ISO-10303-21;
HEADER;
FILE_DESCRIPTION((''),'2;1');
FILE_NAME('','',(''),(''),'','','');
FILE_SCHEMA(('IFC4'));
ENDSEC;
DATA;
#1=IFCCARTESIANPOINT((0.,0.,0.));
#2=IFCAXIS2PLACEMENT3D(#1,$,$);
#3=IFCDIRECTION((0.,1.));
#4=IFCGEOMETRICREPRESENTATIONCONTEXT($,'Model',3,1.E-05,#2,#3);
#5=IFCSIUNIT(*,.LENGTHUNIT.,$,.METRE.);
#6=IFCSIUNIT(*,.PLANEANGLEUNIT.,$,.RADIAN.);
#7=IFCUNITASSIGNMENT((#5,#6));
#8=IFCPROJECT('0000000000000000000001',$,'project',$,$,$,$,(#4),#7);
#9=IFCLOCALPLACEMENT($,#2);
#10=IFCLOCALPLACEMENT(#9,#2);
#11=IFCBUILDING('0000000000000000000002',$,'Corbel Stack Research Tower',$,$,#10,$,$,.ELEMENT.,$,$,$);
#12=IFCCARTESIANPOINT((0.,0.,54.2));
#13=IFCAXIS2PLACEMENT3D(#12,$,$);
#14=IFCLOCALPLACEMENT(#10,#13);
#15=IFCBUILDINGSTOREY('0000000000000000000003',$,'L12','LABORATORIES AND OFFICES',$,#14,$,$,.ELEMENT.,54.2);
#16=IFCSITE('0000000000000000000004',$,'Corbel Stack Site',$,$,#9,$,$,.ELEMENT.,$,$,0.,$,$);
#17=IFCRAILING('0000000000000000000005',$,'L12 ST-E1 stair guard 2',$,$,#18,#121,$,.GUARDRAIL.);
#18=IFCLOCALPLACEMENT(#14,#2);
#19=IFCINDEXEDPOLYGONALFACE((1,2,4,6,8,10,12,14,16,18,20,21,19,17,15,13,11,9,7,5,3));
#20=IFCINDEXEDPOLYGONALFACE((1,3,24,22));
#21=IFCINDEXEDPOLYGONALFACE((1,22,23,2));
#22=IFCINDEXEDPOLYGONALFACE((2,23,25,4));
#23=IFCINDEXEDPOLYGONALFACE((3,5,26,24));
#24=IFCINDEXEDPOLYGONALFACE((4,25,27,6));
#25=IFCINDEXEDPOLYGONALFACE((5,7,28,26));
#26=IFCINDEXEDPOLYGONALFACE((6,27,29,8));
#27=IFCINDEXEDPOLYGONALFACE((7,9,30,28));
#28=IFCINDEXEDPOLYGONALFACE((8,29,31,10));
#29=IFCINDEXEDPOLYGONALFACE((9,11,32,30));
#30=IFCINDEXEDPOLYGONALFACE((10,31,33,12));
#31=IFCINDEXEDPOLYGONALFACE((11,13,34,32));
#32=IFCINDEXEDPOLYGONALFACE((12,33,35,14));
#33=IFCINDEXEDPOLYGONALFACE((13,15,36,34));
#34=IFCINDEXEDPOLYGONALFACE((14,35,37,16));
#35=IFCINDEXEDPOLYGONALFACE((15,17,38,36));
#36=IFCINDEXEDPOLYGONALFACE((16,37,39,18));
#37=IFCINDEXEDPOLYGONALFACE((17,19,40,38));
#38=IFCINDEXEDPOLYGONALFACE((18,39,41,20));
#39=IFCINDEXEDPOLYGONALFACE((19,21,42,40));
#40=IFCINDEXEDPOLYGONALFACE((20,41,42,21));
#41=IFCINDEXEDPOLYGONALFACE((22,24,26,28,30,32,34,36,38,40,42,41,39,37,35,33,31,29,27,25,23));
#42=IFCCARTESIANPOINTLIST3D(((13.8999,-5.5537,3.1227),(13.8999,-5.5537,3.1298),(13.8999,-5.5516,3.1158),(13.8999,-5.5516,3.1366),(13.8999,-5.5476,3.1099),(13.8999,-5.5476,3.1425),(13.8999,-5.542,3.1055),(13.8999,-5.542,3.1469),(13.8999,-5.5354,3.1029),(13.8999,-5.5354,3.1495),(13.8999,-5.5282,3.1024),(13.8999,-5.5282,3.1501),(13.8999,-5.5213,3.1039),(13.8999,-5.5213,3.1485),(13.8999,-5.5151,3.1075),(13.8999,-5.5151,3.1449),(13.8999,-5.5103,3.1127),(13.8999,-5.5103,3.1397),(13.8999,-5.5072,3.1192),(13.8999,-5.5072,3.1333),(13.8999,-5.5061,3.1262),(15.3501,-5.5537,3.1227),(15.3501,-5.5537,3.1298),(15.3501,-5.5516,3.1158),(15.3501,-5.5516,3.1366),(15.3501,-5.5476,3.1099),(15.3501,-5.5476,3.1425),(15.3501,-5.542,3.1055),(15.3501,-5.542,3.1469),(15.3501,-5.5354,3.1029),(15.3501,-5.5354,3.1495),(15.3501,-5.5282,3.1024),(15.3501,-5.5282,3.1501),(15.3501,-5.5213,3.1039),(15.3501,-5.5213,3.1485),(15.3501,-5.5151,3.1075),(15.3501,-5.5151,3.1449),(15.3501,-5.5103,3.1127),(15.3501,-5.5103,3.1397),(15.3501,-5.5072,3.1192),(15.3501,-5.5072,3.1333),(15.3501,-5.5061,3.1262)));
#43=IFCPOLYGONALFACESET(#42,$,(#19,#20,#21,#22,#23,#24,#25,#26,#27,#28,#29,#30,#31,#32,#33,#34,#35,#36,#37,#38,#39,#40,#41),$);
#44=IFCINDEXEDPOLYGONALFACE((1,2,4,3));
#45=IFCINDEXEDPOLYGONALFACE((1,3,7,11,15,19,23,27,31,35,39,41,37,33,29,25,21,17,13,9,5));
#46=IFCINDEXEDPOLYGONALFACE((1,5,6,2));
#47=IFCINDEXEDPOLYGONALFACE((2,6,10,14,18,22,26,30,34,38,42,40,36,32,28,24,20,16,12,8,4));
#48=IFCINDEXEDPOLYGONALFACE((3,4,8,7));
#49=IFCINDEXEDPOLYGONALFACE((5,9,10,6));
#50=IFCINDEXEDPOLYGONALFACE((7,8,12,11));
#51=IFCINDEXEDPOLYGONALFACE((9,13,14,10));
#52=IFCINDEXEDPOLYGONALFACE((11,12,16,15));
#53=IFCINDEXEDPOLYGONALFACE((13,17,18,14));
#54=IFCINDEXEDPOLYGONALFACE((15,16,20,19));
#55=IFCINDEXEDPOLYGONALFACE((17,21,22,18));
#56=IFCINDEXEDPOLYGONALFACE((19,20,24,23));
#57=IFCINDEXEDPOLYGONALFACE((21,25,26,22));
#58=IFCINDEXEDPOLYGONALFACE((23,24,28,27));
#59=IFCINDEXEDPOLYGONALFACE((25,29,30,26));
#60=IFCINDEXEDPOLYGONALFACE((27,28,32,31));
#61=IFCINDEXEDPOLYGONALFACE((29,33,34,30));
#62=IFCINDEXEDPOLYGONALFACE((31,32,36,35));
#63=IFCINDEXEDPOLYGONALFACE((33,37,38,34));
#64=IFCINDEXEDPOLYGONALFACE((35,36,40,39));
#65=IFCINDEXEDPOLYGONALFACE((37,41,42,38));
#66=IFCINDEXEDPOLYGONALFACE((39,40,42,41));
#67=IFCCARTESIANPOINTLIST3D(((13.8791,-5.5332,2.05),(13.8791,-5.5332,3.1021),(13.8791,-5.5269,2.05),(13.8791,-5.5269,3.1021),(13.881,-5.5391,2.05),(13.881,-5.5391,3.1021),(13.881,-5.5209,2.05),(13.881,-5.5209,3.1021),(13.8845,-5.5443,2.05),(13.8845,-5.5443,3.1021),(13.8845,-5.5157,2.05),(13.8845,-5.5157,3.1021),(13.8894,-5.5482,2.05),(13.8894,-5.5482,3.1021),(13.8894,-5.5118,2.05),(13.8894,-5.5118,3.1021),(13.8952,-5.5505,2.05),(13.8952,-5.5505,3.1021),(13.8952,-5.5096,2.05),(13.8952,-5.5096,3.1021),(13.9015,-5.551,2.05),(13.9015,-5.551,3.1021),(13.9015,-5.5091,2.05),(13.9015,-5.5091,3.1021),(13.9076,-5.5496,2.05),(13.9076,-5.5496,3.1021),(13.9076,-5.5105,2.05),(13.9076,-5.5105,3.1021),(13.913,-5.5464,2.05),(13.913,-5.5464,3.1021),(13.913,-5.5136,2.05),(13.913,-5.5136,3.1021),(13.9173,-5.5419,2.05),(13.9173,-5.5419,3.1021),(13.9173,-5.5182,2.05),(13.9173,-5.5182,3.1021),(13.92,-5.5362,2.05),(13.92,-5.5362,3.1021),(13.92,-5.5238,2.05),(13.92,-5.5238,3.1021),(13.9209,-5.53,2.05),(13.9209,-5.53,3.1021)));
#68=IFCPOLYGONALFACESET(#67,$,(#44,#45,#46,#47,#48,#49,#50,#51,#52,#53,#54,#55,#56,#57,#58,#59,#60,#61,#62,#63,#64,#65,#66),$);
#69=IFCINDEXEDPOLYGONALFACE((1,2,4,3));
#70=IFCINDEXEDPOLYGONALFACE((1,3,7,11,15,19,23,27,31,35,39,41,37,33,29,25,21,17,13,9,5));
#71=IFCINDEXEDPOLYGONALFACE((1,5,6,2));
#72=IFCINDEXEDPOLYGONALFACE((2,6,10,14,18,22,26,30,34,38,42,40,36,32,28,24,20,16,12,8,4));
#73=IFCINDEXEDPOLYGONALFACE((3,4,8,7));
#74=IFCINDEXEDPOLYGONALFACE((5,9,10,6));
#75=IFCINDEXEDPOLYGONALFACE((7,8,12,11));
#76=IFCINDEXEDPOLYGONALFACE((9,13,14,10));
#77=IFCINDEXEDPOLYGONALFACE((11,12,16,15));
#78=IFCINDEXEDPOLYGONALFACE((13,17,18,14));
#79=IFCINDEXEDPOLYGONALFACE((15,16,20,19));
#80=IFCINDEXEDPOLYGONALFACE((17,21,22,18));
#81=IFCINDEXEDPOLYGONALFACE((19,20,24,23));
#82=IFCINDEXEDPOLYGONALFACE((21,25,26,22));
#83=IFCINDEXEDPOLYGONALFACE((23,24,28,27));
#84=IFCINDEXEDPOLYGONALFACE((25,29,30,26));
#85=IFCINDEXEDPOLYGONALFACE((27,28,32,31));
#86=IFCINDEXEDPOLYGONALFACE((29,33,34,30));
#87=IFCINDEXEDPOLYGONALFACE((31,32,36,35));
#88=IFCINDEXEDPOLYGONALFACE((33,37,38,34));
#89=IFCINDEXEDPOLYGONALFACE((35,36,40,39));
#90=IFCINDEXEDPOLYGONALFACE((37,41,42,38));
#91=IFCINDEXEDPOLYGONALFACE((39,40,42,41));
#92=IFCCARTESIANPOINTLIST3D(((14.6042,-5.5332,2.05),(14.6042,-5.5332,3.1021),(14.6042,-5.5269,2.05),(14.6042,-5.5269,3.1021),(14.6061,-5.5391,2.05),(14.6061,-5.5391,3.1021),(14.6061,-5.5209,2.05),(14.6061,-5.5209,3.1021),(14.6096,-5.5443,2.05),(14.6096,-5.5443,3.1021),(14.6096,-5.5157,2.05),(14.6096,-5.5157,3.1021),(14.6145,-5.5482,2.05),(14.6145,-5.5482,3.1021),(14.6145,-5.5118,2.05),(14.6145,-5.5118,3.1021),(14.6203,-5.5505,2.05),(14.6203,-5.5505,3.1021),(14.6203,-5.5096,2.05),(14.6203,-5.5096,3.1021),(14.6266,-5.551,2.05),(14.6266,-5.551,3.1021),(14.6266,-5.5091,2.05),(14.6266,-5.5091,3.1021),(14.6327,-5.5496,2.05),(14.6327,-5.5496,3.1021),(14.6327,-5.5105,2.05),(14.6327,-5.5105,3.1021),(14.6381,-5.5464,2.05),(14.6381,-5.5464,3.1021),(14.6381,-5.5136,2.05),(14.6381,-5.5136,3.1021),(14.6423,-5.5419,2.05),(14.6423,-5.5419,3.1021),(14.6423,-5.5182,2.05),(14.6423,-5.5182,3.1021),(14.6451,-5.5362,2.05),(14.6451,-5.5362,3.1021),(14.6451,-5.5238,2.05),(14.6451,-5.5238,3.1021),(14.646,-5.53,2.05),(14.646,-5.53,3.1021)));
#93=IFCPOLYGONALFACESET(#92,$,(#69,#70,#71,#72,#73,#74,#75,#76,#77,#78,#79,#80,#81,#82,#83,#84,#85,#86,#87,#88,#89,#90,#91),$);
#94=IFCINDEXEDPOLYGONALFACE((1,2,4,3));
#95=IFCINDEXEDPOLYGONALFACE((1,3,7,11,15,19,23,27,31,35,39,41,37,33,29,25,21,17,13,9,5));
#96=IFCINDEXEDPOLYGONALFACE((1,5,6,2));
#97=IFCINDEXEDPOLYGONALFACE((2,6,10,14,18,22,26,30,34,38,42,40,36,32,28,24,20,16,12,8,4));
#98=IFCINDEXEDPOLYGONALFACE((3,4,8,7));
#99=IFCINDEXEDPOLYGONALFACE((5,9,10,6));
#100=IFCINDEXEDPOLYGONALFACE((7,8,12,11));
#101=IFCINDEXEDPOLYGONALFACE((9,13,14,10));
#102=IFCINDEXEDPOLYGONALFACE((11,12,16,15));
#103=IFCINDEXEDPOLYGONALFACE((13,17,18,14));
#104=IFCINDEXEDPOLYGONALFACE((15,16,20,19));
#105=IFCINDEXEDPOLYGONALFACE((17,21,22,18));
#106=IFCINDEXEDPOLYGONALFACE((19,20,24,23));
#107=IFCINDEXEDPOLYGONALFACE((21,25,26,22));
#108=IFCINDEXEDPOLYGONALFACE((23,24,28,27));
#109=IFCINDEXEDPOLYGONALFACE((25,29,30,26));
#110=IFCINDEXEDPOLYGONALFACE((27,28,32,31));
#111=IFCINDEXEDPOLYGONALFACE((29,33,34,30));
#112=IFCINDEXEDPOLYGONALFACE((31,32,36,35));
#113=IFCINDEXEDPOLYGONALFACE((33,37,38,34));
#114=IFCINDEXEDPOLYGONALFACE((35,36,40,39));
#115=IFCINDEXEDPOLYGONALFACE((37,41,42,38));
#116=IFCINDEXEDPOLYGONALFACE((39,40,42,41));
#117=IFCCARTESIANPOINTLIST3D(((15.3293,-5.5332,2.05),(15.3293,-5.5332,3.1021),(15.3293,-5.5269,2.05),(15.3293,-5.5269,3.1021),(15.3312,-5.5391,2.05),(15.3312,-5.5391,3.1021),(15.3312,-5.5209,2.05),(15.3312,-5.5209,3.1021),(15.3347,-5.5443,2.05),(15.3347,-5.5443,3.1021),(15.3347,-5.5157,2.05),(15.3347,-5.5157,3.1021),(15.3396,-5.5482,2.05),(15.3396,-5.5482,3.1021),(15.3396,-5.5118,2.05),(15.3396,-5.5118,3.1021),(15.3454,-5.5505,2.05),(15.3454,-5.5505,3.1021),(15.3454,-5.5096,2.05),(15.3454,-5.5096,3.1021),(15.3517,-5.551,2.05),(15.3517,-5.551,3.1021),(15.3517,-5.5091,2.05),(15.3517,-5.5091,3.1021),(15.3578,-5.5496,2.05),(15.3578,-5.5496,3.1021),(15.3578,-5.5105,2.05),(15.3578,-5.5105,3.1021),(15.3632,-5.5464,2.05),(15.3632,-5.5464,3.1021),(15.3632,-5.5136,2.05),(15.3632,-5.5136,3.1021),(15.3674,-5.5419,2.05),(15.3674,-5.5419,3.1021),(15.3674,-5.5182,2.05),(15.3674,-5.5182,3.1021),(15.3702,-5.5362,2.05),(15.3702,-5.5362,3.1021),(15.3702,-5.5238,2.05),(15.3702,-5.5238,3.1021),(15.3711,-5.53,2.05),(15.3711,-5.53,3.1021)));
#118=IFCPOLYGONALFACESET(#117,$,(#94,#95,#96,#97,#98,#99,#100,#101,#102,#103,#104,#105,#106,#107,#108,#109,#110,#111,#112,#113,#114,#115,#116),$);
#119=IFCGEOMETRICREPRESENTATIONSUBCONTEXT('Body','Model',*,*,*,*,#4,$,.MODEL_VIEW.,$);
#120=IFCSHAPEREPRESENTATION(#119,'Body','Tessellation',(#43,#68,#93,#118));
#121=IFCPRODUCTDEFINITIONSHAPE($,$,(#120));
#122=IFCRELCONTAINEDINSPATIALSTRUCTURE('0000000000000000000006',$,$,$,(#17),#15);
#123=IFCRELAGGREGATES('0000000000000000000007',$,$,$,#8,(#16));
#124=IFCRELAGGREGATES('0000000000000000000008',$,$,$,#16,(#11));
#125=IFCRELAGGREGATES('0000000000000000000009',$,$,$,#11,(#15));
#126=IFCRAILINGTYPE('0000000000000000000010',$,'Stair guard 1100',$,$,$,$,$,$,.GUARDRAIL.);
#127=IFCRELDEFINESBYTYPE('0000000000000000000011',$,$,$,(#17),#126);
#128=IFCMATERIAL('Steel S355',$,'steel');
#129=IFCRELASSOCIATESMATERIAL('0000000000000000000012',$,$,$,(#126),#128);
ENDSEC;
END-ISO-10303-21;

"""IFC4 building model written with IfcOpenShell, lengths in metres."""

from ifc_helpers import new_model, si_unit, direction, frame, origin, origin_2d, place, context, subcontext, project, spatial, circle, extrude, material, type_object, element, save


model = new_model("IFC4")

# Units and contexts
model_context = context("Model", 3, precision=1e-05, world=origin(), true_north=direction((0.0, 1.0)))
body_context = subcontext(model_context, "Body", "Model", "MODEL_VIEW")
ifc_project = project(units=[si_unit("LENGTHUNIT", "METRE"), si_unit("PLANEANGLEUNIT", "RADIAN")], contexts=[model_context])

# Site, building, storey
site_placement = place(None, origin())
site = spatial("IfcSite", under=ifc_project, at=site_placement, Name="Corbel Stack Site", CompositionType="ELEMENT", RefElevation=0.0)
building_placement = place(site_placement, origin())
building = spatial("IfcBuilding", under=site, at=building_placement, Name="Corbel Stack Research Tower", CompositionType="ELEMENT")
storey_placement = place(building_placement, frame((0.0, 0.0, 54.2)))
storey = spatial("IfcBuildingStorey", under=building, at=storey_placement, Name="L12", Description="LABORATORIES AND OFFICES", CompositionType="ELEMENT", Elevation=54.2)

# Railing
ifc_material_1 = material(Name="Steel S355", Category="steel")
railing_type_1 = type_object("IfcRailingType", Name="Stair guard 1100", PredefinedType="GUARDRAIL", material=ifc_material_1)
railing_1_placement = place(storey_placement, frame((13.8999, -5.53, 2.05)))
element("IfcRailing", 1, at=railing_1_placement, inside=storey, type_object=railing_type_1, Name="L12 ST-E1 stair guard 2", PredefinedType="GUARDRAIL", context=body_context, shape_type="SweptSolid", body=[
    extrude(circle(Radius=0.0239, at=origin_2d()), frame((0.0, 0.0, 1.0762), z_axis=(1.0, 0.0, 0.0), x_axis=(0.0, 1.0, 0.0)), (0.0, 0.0, 1.0), 1.4502),
    extrude(circle(Radius=0.021, at=origin_2d()), origin(), (0.0, 0.0, 1.0), 1.052),
    extrude(circle(Radius=0.021, at=origin_2d()), frame((0.7251, 0.0, 0.0)), (0.0, 0.0, 1.0), 1.052),
    extrude(circle(Radius=0.021, at=origin_2d()), frame((1.4502, 0.0, 0.0)), (0.0, 0.0, 1.0), 1.052),
])

save(model, "model.ifc")
